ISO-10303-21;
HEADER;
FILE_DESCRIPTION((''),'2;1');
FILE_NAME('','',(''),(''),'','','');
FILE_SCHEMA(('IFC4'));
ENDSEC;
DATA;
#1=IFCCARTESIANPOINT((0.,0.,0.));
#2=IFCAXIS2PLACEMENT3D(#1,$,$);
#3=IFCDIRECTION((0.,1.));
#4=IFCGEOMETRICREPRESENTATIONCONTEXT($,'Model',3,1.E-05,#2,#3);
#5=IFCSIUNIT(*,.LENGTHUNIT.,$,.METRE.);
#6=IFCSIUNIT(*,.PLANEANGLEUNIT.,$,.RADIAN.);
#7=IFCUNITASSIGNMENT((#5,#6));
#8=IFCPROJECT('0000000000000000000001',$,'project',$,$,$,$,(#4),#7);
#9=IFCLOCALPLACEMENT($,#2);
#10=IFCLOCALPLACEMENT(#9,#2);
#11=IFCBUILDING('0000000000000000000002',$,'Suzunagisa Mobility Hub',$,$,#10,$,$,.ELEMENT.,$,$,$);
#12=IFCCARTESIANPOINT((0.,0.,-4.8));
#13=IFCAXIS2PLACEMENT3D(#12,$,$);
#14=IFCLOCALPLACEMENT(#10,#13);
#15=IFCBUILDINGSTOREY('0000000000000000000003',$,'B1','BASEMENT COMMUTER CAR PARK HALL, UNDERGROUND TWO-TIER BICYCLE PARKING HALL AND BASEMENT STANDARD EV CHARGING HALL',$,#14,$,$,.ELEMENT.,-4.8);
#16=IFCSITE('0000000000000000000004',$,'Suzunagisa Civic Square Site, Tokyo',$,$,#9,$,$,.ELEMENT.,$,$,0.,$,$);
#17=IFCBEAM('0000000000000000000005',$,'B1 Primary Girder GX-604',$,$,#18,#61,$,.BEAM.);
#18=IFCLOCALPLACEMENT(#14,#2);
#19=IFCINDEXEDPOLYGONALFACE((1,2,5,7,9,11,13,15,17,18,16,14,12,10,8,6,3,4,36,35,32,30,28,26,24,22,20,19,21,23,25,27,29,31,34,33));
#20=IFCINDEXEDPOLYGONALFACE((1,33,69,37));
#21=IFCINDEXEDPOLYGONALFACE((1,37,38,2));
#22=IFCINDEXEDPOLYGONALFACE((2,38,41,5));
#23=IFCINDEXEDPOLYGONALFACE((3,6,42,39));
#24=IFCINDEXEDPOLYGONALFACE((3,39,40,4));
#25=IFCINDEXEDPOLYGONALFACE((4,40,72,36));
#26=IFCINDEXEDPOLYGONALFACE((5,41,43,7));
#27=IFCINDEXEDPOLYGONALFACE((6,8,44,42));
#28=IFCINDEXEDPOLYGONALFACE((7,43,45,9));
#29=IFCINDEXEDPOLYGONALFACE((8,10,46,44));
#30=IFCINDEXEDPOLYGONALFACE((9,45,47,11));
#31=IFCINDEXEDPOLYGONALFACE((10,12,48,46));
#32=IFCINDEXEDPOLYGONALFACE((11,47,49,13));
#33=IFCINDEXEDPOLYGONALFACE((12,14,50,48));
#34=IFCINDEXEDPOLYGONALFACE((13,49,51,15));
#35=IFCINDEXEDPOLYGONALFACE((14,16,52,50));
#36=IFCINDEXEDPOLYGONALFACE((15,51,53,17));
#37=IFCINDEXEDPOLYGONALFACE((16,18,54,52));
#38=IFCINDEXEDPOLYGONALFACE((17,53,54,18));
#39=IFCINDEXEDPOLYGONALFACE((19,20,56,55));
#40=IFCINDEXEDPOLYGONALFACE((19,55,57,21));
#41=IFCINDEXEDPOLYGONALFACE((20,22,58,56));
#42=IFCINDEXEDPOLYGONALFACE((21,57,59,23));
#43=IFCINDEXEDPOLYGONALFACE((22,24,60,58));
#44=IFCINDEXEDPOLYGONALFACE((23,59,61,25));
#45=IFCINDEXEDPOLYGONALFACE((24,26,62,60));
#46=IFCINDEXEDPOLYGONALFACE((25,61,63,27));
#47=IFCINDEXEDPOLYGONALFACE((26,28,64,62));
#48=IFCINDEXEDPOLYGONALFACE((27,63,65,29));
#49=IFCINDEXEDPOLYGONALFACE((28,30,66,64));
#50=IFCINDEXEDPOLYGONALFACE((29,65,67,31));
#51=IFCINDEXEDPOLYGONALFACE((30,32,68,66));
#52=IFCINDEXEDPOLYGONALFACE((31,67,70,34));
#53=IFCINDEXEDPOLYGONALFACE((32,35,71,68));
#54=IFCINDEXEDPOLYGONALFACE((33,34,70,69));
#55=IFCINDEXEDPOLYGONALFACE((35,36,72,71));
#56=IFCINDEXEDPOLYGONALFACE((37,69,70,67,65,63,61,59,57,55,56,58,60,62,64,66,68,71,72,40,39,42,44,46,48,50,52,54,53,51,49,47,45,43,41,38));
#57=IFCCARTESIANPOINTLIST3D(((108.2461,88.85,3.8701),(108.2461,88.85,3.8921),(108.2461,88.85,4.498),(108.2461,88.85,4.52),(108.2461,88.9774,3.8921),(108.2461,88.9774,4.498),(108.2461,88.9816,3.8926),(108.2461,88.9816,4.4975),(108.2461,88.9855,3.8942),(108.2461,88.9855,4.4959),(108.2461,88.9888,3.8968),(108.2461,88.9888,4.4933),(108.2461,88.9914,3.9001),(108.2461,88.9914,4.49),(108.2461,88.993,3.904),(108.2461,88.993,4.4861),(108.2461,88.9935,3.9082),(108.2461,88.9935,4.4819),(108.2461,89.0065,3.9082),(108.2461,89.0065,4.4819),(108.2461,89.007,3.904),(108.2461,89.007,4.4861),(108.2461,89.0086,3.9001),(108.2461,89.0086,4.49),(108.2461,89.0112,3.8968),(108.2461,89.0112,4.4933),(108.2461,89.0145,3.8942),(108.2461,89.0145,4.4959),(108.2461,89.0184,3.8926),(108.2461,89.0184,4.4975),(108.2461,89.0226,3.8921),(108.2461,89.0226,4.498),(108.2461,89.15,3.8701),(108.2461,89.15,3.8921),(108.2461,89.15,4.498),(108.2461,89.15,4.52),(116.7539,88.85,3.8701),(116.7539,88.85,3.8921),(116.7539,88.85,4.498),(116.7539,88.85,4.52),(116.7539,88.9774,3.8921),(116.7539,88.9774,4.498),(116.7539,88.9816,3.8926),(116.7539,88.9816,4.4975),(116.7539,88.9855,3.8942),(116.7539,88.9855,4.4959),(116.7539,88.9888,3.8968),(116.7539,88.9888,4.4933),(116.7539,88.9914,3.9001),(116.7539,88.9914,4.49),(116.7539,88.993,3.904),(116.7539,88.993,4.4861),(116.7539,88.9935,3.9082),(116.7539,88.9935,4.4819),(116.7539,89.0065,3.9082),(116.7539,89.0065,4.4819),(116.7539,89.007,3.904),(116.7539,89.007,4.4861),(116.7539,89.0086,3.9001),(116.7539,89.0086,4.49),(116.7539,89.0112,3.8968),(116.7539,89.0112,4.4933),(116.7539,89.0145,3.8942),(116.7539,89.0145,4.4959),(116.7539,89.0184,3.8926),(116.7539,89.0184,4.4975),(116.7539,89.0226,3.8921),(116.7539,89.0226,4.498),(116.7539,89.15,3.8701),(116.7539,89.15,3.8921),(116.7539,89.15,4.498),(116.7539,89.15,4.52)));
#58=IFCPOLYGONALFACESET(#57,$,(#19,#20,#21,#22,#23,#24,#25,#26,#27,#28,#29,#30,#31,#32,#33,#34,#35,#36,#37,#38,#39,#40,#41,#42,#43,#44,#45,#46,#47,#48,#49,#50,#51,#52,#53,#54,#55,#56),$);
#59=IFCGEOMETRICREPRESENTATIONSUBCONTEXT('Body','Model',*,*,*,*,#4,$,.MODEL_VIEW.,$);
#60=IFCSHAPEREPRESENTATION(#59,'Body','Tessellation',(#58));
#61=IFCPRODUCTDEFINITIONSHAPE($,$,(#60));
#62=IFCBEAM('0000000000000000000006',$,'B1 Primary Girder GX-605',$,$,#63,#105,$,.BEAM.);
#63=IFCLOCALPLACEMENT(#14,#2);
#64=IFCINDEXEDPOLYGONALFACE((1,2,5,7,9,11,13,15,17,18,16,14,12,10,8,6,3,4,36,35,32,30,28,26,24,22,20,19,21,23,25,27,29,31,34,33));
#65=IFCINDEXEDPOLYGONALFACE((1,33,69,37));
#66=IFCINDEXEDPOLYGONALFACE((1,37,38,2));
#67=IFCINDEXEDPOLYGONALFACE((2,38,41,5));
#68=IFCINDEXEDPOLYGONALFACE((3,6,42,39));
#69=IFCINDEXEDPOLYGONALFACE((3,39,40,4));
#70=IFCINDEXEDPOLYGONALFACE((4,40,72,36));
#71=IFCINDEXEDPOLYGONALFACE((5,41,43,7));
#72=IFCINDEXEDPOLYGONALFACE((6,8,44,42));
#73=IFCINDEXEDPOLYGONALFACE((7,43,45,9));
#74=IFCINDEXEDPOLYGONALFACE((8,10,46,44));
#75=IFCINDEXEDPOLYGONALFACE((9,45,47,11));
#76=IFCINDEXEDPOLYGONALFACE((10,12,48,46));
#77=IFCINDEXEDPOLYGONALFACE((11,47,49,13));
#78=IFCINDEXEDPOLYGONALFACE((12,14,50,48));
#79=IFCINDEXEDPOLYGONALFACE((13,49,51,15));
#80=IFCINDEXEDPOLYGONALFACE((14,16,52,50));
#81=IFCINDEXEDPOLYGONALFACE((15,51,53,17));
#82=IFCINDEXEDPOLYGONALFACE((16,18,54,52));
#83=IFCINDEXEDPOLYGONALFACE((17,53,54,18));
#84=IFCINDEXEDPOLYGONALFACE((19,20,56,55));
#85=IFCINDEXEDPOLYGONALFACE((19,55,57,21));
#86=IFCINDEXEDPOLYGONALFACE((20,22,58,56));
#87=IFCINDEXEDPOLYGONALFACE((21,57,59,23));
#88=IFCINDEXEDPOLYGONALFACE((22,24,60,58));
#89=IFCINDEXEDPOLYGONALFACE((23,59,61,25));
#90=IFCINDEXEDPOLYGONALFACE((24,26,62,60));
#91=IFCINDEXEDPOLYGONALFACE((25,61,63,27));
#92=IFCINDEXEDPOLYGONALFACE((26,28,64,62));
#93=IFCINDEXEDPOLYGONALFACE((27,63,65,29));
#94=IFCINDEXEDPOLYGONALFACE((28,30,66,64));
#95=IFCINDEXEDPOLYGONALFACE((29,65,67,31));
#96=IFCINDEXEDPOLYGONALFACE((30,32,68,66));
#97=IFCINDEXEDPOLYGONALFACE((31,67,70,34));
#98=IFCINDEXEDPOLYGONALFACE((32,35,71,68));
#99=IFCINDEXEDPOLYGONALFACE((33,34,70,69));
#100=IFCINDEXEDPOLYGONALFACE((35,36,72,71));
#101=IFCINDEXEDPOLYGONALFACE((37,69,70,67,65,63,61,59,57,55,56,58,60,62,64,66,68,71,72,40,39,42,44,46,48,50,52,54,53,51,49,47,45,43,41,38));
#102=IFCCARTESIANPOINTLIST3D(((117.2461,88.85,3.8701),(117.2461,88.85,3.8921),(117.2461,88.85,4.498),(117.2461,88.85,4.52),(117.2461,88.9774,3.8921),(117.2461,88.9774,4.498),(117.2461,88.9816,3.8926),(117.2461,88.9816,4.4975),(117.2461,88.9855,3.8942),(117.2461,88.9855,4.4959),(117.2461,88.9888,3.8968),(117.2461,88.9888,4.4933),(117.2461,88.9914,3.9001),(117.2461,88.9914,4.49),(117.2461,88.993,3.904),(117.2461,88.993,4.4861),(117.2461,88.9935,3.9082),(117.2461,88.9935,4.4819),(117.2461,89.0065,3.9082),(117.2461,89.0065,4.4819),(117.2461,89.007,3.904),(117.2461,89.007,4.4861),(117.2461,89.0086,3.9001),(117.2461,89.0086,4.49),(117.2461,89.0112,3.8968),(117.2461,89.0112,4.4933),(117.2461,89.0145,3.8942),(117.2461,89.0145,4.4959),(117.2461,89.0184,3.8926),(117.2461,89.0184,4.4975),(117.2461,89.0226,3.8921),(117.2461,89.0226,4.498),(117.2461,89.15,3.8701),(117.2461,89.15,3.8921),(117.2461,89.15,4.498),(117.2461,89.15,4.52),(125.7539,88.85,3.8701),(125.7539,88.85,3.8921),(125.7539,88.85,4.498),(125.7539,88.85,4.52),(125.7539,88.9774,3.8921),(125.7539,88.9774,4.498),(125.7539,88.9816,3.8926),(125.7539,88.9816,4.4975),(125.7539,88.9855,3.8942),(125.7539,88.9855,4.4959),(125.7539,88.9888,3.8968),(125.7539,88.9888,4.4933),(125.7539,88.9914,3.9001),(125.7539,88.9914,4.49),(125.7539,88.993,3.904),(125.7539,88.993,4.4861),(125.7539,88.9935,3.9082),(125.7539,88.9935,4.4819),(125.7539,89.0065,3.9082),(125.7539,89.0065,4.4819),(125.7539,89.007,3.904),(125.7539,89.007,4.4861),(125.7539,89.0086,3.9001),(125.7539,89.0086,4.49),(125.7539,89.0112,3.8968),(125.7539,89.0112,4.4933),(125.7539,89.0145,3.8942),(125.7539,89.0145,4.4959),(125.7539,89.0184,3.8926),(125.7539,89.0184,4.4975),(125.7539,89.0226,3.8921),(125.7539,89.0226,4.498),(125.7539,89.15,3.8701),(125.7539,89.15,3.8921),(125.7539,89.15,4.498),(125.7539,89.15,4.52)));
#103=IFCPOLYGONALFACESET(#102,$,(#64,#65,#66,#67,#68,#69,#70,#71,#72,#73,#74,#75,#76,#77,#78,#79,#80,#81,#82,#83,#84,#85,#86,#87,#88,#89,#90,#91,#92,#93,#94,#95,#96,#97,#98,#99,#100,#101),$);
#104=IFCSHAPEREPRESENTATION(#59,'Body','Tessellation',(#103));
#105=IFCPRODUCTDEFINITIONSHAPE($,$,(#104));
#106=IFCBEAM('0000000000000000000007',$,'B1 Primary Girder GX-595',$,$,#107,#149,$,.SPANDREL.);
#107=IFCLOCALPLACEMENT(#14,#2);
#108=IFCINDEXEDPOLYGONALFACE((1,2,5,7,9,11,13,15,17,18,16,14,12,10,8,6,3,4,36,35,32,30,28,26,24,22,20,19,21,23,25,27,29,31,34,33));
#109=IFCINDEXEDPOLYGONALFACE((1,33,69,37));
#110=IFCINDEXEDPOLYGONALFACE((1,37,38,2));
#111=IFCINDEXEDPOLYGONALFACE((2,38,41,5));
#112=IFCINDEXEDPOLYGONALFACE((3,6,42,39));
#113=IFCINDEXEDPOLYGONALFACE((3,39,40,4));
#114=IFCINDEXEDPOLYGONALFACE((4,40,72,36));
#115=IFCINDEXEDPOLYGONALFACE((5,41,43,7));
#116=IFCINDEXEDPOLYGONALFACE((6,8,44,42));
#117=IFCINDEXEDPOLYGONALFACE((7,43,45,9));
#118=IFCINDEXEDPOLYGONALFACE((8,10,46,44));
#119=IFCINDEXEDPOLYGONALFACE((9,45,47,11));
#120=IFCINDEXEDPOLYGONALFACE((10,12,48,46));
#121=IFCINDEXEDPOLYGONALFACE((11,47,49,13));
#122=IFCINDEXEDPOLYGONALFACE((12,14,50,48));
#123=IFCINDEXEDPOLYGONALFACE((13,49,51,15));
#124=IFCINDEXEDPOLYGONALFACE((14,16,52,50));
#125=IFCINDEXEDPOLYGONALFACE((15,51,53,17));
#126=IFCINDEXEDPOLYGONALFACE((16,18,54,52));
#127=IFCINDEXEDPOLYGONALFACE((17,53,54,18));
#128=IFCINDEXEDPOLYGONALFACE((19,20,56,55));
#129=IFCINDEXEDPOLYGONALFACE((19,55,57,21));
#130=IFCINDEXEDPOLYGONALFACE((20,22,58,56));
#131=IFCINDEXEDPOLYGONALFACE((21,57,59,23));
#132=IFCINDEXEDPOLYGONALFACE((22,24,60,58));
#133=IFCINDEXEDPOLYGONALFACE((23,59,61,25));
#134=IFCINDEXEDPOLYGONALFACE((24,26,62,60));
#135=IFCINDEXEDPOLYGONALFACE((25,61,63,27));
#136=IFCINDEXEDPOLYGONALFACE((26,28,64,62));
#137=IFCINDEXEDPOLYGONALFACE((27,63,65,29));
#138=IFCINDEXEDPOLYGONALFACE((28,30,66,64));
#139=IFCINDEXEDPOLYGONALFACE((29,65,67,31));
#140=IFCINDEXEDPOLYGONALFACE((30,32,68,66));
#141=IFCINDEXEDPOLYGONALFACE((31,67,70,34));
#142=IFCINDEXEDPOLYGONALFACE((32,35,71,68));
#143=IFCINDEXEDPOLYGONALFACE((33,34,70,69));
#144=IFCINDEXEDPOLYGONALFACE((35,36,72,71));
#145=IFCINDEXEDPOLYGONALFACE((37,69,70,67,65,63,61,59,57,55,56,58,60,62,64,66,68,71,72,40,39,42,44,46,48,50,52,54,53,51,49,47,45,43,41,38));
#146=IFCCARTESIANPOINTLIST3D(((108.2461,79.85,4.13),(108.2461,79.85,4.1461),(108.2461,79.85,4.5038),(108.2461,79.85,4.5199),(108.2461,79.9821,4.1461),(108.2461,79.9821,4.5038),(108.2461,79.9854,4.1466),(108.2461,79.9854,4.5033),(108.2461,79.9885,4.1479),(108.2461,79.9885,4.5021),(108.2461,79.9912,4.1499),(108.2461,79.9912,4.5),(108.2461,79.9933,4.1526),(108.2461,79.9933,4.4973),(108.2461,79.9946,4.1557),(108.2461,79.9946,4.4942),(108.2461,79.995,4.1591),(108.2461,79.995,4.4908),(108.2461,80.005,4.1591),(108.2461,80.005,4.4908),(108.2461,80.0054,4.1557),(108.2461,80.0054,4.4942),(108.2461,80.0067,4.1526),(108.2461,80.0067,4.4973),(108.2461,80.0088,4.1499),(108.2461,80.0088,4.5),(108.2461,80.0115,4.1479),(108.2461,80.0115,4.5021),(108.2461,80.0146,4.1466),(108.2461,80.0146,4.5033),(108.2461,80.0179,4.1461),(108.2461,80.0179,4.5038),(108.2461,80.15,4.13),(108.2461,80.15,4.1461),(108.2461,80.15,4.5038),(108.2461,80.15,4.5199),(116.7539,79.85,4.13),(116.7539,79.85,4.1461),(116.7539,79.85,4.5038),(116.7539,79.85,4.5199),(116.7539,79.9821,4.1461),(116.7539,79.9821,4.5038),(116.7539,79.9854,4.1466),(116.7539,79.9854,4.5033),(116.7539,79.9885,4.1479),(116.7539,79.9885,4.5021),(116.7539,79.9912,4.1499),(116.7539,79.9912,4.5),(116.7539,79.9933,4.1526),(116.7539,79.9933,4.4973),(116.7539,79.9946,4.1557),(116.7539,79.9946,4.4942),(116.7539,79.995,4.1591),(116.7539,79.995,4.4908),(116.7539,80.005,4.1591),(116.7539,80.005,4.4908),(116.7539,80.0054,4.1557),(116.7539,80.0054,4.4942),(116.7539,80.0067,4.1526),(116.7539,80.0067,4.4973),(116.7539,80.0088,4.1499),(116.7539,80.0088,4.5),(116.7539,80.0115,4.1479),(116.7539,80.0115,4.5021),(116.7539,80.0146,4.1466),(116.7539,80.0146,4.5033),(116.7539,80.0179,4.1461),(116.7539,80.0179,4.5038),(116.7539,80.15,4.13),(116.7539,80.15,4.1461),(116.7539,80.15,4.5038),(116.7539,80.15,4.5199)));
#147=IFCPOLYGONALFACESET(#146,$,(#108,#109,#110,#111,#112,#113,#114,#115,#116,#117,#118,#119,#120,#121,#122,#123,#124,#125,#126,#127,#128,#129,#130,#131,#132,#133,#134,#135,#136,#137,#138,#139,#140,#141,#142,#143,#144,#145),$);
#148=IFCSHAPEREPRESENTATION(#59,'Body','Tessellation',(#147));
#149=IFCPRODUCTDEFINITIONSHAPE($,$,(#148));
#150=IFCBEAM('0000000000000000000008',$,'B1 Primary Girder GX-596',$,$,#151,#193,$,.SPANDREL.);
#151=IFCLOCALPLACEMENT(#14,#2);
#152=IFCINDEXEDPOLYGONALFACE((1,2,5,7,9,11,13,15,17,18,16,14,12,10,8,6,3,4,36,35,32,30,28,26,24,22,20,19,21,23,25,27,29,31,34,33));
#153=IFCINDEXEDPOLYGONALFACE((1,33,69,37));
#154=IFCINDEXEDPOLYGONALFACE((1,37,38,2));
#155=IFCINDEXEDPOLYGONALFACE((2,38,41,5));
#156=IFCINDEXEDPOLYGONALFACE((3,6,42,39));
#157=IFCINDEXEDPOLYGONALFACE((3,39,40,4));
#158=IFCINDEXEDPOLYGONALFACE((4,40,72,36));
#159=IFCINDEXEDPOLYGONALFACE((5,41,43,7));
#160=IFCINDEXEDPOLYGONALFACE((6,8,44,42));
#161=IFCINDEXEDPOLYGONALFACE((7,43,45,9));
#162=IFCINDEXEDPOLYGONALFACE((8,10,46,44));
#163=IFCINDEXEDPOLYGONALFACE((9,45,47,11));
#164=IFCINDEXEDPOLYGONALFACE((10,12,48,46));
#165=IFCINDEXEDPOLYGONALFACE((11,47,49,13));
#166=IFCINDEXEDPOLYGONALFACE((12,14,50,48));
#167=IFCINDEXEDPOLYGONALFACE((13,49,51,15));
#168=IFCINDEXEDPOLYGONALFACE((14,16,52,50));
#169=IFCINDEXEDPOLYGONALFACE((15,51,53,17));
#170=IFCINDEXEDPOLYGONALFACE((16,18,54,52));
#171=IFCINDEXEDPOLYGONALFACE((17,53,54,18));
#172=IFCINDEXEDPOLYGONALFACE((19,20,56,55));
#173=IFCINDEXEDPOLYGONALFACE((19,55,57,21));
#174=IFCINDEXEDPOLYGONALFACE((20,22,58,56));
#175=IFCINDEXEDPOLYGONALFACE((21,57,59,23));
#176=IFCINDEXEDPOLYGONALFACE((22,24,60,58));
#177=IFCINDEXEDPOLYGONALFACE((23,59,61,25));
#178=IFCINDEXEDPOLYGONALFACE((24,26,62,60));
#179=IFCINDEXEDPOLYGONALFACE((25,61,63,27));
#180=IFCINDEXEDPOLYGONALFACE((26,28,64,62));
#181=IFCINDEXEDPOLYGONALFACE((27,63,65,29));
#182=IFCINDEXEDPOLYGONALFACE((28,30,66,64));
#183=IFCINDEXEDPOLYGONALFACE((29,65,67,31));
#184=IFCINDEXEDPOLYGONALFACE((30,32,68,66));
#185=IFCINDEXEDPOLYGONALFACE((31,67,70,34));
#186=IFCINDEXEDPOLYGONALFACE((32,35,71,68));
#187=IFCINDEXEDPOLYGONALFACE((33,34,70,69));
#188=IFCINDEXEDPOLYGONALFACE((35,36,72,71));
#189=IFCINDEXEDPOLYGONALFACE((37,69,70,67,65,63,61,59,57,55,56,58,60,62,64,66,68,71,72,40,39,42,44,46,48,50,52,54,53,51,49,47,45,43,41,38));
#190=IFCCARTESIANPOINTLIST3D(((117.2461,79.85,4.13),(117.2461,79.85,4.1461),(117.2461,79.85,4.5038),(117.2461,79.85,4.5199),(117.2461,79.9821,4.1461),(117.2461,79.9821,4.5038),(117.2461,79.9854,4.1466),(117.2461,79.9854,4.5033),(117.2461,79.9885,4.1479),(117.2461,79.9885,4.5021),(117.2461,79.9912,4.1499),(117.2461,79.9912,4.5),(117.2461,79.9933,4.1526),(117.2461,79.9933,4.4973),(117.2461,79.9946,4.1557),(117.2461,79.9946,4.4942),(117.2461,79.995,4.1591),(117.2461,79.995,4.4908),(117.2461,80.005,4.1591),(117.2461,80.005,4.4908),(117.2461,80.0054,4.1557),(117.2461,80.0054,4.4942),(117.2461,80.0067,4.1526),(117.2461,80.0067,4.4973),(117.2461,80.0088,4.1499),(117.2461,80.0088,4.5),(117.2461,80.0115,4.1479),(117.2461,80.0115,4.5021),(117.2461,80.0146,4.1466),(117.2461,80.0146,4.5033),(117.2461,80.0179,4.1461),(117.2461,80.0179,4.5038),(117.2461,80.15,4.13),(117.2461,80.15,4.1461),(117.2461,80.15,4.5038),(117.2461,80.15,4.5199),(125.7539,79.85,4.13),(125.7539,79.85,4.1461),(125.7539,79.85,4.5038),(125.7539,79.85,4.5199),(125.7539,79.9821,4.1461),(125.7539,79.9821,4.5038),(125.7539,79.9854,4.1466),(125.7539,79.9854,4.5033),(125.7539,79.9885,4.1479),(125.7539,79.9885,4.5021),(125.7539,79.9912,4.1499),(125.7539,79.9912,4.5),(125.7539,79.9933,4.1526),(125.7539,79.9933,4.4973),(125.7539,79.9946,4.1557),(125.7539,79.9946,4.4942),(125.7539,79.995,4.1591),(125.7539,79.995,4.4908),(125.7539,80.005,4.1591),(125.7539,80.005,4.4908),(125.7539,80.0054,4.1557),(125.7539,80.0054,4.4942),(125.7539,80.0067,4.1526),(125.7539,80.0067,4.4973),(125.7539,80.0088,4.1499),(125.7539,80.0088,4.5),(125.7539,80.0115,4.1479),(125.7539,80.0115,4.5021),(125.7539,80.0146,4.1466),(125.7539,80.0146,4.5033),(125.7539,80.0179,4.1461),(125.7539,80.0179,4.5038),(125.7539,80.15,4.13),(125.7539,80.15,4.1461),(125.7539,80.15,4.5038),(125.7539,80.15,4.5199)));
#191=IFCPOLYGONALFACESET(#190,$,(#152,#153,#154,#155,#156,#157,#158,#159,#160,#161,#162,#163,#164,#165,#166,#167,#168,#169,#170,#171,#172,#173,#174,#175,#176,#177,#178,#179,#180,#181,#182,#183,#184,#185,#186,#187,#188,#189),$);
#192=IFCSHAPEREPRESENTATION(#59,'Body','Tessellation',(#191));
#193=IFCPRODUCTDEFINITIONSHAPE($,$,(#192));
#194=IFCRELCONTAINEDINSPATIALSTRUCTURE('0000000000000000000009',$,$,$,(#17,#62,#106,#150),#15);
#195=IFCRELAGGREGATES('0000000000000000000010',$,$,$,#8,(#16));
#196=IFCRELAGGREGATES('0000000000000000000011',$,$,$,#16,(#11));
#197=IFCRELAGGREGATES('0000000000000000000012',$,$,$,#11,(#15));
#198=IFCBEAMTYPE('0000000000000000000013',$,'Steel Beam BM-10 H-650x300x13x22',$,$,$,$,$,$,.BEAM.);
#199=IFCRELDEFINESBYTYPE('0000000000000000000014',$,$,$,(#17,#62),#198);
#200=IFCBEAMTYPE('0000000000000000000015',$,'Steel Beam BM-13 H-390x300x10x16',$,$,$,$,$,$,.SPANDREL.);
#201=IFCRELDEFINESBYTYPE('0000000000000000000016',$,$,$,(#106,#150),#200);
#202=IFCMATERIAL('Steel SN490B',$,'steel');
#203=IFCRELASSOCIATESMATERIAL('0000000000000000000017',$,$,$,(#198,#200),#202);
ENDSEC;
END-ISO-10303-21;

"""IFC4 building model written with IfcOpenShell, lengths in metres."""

from ifc_helpers import new_model, si_unit, direction, frame, origin, origin_2d, place, context, subcontext, project, spatial, i_section, extrude, material, material_profile, profile_set, type_object, element, save


model = new_model("IFC4")

# Units and contexts
model_context = context("Model", 3, precision=1e-05, world=origin(), true_north=direction((0.0, 1.0)))
body_context = subcontext(model_context, "Body", "Model", "MODEL_VIEW")
ifc_project = project(units=[si_unit("LENGTHUNIT", "METRE"), si_unit("PLANEANGLEUNIT", "RADIAN")], contexts=[model_context])

# Site, building, storey
site_placement = place(None, origin())
site = spatial("IfcSite", under=ifc_project, at=site_placement, Name="Suzunagisa Civic Square Site, Tokyo", CompositionType="ELEMENT", RefElevation=0.0)
building_placement = place(site_placement, origin())
building = spatial("IfcBuilding", under=site, at=building_placement, Name="Suzunagisa Mobility Hub", CompositionType="ELEMENT")
storey_placement = place(building_placement, frame((0.0, 0.0, -4.8)))
storey = spatial("IfcBuildingStorey", under=building, at=storey_placement, Name="B1", Description="BASEMENT COMMUTER CAR PARK HALL, UNDERGROUND TWO-TIER BICYCLE PARKING HALL AND BASEMENT STANDARD EV CHARGING HALL", CompositionType="ELEMENT", Elevation=-4.8)

# Shared definitions
ifc_material_1 = material(Name="Steel SN490B", Category="steel")

# Beams
ifc_material_profile_1 = material_profile(ifc_material_1, i_section(OverallWidth=0.3, OverallDepth=0.6499, WebThickness=0.0129, FlangeThickness=0.022, FilletRadius=0.0161, at=origin_2d()), Name="H-650x300x13x22")
ifc_profile_set_1 = profile_set([ifc_material_profile_1], Name="Steel SN490B")
beam_type_1 = type_object("IfcBeamType", Name="Steel Beam BM-10 H-650x300x13x22", PredefinedType="BEAM", material=ifc_profile_set_1)
for number, where, z_axis, x_axis, name in (
    (1, (108.2461, 89.0, 4.1951), (1.0, 0.0, 0.0), (0.0, 1.0, 0.0), "B1 Primary Girder GX-604"),
    (2, (117.2461, 89.0, 4.1951), (1.0, 0.0, 0.0), (0.0, 1.0, 0.0), "B1 Primary Girder GX-605"),
):
    element("IfcBeam", number, at=place(storey_placement, frame(where, z_axis=z_axis, x_axis=x_axis)), inside=storey, type_object=beam_type_1, Name=name, PredefinedType="BEAM", context=body_context, shape_type="SweptSolid", body=[
        extrude(i_section(OverallWidth=0.3, OverallDepth=0.6499, WebThickness=0.0129, FlangeThickness=0.022, FilletRadius=0.0161, at=origin_2d()), origin(), (0.0, 0.0, 1.0), 8.5078),
    ])
ifc_material_profile_2 = material_profile(ifc_material_1, i_section(OverallWidth=0.3, OverallDepth=0.3899, WebThickness=0.01, FlangeThickness=0.0161, FilletRadius=0.0129, at=origin_2d()), Name="H-390x300x10x16")
ifc_profile_set_2 = profile_set([ifc_material_profile_2], Name="Steel SN490B")
beam_type_2 = type_object("IfcBeamType", Name="Steel Beam BM-13 H-390x300x10x16", PredefinedType="SPANDREL", material=ifc_profile_set_2)
for number, where, z_axis, x_axis, name in (
    (3, (108.2461, 80.0, 4.325), (1.0, 0.0, 0.0), (0.0, 1.0, 0.0), "B1 Primary Girder GX-595"),
    (4, (117.2461, 80.0, 4.325), (1.0, 0.0, 0.0), (0.0, 1.0, 0.0), "B1 Primary Girder GX-596"),
):
    element("IfcBeam", number, at=place(storey_placement, frame(where, z_axis=z_axis, x_axis=x_axis)), inside=storey, type_object=beam_type_2, Name=name, PredefinedType="SPANDREL", context=body_context, shape_type="SweptSolid", body=[
        extrude(i_section(OverallWidth=0.3, OverallDepth=0.3899, WebThickness=0.01, FlangeThickness=0.0161, FilletRadius=0.0129, at=origin_2d()), origin(), (0.0, 0.0, 1.0), 8.5078),
    ])

save(model, "model.ifc")
